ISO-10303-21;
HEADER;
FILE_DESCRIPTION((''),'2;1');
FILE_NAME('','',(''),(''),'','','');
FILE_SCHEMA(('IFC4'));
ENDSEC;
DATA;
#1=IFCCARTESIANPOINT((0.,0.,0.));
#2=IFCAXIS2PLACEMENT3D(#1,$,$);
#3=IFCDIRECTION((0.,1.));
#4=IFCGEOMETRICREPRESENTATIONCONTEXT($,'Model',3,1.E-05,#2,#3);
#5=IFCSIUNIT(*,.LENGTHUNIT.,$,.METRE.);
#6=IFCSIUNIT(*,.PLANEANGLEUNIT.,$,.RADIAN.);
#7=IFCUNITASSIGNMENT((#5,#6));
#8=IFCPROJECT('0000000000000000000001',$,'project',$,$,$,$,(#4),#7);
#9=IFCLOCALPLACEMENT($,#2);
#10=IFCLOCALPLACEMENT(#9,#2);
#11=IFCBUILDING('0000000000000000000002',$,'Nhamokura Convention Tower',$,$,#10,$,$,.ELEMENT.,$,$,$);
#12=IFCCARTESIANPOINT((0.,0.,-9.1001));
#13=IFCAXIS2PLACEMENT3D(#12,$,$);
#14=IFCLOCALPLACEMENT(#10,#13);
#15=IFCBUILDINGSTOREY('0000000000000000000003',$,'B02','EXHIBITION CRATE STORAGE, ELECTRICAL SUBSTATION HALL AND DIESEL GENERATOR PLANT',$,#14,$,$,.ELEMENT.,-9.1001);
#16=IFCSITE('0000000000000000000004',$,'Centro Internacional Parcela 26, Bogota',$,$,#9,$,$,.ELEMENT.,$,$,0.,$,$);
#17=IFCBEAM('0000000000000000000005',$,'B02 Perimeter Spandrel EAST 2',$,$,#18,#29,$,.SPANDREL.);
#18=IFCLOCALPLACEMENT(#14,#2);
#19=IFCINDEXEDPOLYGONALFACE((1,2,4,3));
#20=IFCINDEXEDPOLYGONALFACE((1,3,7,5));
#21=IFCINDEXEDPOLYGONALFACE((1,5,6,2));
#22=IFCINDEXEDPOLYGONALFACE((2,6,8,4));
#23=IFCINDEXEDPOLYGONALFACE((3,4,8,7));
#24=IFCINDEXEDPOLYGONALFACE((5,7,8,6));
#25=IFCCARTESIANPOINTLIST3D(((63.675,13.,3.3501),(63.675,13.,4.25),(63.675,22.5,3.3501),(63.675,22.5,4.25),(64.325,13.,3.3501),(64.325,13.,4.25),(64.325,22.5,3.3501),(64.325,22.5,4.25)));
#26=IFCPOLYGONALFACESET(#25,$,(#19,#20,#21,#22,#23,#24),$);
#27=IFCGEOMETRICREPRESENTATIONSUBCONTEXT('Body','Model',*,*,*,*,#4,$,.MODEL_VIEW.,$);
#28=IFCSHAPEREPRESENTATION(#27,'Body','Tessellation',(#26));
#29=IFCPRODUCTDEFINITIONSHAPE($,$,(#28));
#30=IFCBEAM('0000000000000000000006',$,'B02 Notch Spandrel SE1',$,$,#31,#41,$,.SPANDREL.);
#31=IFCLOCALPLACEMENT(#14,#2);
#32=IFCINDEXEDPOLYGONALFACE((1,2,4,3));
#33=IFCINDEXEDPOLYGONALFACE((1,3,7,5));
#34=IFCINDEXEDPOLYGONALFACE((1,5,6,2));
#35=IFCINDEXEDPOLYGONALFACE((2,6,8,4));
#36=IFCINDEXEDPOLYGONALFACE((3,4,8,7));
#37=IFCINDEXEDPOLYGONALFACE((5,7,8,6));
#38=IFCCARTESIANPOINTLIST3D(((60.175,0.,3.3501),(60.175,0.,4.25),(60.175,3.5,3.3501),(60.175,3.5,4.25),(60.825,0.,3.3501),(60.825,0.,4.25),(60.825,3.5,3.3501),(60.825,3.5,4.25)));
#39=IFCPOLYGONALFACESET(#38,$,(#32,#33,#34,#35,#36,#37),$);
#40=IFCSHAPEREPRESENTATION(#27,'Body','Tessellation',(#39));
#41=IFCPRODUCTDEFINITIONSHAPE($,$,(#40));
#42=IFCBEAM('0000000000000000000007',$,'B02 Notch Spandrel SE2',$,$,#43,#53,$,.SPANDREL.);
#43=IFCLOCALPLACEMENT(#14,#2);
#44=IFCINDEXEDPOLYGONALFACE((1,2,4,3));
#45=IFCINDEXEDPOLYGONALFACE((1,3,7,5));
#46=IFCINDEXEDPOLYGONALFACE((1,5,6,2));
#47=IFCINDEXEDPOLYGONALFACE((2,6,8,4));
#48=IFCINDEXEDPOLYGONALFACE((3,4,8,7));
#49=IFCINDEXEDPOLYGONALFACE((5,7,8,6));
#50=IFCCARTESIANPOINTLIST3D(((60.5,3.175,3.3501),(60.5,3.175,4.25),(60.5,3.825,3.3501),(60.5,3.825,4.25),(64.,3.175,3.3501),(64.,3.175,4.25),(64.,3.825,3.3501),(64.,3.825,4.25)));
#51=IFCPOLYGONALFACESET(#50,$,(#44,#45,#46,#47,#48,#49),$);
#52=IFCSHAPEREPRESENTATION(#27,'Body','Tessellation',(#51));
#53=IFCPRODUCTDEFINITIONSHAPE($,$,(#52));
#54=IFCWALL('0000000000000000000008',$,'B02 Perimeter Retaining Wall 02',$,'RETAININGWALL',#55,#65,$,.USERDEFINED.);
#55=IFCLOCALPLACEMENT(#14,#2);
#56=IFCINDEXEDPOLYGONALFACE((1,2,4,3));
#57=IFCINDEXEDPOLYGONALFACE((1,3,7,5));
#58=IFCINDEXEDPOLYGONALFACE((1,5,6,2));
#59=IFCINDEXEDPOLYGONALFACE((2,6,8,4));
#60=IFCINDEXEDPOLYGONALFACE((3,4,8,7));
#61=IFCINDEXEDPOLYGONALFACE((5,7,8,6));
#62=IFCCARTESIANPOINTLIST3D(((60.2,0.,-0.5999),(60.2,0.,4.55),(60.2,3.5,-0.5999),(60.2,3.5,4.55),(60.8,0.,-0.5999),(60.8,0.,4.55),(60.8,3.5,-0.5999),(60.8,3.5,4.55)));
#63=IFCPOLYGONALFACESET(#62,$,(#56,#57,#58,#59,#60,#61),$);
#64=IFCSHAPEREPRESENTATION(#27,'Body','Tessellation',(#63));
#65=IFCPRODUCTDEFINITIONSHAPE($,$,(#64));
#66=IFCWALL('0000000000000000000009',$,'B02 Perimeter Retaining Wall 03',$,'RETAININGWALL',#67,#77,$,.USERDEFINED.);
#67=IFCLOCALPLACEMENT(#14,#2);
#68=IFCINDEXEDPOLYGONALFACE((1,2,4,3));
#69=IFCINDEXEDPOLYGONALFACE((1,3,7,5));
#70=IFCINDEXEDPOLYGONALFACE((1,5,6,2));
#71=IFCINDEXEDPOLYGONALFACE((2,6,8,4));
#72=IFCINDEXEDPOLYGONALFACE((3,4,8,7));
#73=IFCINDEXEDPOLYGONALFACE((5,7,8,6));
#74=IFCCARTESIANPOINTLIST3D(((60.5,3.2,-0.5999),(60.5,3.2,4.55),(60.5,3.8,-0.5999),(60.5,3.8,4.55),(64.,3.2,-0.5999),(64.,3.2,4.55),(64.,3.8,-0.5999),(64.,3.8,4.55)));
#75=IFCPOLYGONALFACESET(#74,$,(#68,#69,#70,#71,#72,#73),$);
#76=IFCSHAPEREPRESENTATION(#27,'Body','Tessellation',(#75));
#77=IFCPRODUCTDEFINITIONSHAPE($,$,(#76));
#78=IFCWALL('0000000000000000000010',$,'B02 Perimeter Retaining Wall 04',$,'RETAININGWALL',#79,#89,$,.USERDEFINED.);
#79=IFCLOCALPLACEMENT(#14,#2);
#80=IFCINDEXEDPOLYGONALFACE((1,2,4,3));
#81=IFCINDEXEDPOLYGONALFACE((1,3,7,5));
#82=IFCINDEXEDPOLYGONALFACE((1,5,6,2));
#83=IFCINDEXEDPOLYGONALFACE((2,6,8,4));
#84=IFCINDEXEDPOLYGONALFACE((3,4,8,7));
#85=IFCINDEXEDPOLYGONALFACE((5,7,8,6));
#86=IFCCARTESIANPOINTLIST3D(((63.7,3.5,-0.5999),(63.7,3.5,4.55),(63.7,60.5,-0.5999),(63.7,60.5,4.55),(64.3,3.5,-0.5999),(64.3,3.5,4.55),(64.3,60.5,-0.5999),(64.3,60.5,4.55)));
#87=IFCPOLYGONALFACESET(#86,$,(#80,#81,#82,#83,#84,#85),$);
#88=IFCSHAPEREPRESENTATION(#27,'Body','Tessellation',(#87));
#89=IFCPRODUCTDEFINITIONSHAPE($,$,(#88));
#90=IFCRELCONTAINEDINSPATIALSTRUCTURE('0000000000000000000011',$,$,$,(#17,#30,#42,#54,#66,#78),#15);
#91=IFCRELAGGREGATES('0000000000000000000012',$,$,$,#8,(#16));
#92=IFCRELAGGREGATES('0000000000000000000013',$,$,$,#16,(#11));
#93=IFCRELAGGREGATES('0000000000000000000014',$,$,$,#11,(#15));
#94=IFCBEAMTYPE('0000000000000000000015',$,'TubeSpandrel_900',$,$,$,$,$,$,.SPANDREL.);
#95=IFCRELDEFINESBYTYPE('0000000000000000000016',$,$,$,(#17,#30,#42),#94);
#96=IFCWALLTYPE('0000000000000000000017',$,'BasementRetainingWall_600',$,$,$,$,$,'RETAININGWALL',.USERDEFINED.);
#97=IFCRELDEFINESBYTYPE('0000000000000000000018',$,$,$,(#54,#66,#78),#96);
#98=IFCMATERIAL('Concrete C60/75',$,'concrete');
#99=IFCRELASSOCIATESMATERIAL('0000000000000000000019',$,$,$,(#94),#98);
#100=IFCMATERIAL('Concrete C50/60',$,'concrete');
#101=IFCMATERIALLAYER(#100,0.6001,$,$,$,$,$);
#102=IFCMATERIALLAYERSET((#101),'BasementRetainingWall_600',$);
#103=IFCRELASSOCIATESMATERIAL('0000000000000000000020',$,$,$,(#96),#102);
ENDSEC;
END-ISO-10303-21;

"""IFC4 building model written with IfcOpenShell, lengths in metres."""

from ifc_helpers import new_model, si_unit, direction, frame, frame_2d, origin, origin_2d, place, context, subcontext, project, spatial, rectangle, extrude, material, layer, layer_set, material_profile, profile_set, type_object, element, save


model = new_model("IFC4")

# Units and contexts
model_context = context("Model", 3, precision=1e-05, world=origin(), true_north=direction((0.0, 1.0)))
body_context = subcontext(model_context, "Body", "Model", "MODEL_VIEW")
ifc_project = project(units=[si_unit("LENGTHUNIT", "METRE"), si_unit("PLANEANGLEUNIT", "RADIAN")], contexts=[model_context])

# Site, building, storey
site_placement = place(None, origin())
site = spatial("IfcSite", under=ifc_project, at=site_placement, Name="Centro Internacional Parcela 26, Bogota", CompositionType="ELEMENT", RefElevation=0.0)
building_placement = place(site_placement, origin())
building = spatial("IfcBuilding", under=site, at=building_placement, Name="Nhamokura Convention Tower", CompositionType="ELEMENT")
storey_placement = place(building_placement, frame((0.0, 0.0, -9.1001)))
storey = spatial("IfcBuildingStorey", under=building, at=storey_placement, Name="B02", Description="EXHIBITION CRATE STORAGE, ELECTRICAL SUBSTATION HALL AND DIESEL GENERATOR PLANT", CompositionType="ELEMENT", Elevation=-9.1001)

# Beams
ifc_material_1 = material(Name="Concrete C60/75", Category="concrete")
ifc_material_profile_1 = material_profile(ifc_material_1, rectangle(XDim=0.6499, YDim=0.8999, at=origin_2d()))
ifc_profile_set_1 = profile_set([ifc_material_profile_1], Name="Concrete C60/75")
beam_type = type_object("IfcBeamType", Name="TubeSpandrel_900", PredefinedType="SPANDREL", material=ifc_profile_set_1)
for number, where, z_axis, x_axis, name in (
    (1, (64.0, 13.0, 3.8), (0.0, 1.0, 0.0), (-1.0, 0.0, 0.0), "B02 Perimeter Spandrel EAST 2"),
):
    element("IfcBeam", number, at=place(storey_placement, frame(where, z_axis=z_axis, x_axis=x_axis)), inside=storey, type_object=beam_type, Name=name, PredefinedType="SPANDREL", context=body_context, shape_type="SweptSolid", body=[
        extrude(rectangle(XDim=0.6499, YDim=0.8999, at=origin_2d()), origin(), (0.0, 0.0, 1.0), 9.5),
    ])
for number, where, z_axis, x_axis, name in (
    (2, (60.5, 0.0, 3.8), (0.0, 1.0, 0.0), (-1.0, 0.0, 0.0), "B02 Notch Spandrel SE1"),
    (3, (60.5, 3.5, 3.8), (1.0, 0.0, 0.0), (0.0, 1.0, 0.0), "B02 Notch Spandrel SE2"),
):
    element("IfcBeam", number, at=place(storey_placement, frame(where, z_axis=z_axis, x_axis=x_axis)), inside=storey, type_object=beam_type, Name=name, PredefinedType="SPANDREL", context=body_context, shape_type="SweptSolid", body=[
        extrude(rectangle(XDim=0.6499, YDim=0.8999, at=origin_2d()), origin(), (0.0, 0.0, 1.0), 3.5),
    ])

# Walls
ifc_material_2 = material(Name="Concrete C50/60", Category="concrete")
ifc_layer = layer(ifc_material_2, 0.6001)
ifc_layer_set = layer_set([ifc_layer], Name="BasementRetainingWall_600")
wall_type = type_object("IfcWallType", Name="BasementRetainingWall_600", ElementType="RETAININGWALL", PredefinedType="USERDEFINED", material=ifc_layer_set)
for number, where, z_axis, x_axis, name in (
    (4, (60.5, 0.0, -0.5999), (0.0, 0.0, 1.0), (0.0, 1.0, 0.0), "B02 Perimeter Retaining Wall 02"),
    (5, (60.5, 3.5, -0.5999), (0.0, 0.0, 1.0), (1.0, 0.0, 0.0), "B02 Perimeter Retaining Wall 03"),
):
    element("IfcWall", number, at=place(storey_placement, frame(where, z_axis=z_axis, x_axis=x_axis)), inside=storey, type_object=wall_type, Name=name, ObjectType="RETAININGWALL", PredefinedType="USERDEFINED", context=body_context, shape_type="SweptSolid", body=[
        extrude(rectangle(XDim=3.5, YDim=0.6001, at=frame_2d((1.75, 0.0))), origin(), (0.0, 0.0, 1.0), 5.1499),
    ])
wall_placement = place(storey_placement, frame((64.0, 3.5, -0.5999), z_axis=(0.0, 0.0, 1.0), x_axis=(0.0, 1.0, 0.0)))
element("IfcWall", 6, at=wall_placement, inside=storey, type_object=wall_type, Name="B02 Perimeter Retaining Wall 04", ObjectType="RETAININGWALL", PredefinedType="USERDEFINED", context=body_context, shape_type="SweptSolid", body=[
    extrude(rectangle(XDim=57.0, YDim=0.6001, at=frame_2d((28.5, 0.0))), origin(), (0.0, 0.0, 1.0), 5.1499),
])

save(model, "model.ifc")
